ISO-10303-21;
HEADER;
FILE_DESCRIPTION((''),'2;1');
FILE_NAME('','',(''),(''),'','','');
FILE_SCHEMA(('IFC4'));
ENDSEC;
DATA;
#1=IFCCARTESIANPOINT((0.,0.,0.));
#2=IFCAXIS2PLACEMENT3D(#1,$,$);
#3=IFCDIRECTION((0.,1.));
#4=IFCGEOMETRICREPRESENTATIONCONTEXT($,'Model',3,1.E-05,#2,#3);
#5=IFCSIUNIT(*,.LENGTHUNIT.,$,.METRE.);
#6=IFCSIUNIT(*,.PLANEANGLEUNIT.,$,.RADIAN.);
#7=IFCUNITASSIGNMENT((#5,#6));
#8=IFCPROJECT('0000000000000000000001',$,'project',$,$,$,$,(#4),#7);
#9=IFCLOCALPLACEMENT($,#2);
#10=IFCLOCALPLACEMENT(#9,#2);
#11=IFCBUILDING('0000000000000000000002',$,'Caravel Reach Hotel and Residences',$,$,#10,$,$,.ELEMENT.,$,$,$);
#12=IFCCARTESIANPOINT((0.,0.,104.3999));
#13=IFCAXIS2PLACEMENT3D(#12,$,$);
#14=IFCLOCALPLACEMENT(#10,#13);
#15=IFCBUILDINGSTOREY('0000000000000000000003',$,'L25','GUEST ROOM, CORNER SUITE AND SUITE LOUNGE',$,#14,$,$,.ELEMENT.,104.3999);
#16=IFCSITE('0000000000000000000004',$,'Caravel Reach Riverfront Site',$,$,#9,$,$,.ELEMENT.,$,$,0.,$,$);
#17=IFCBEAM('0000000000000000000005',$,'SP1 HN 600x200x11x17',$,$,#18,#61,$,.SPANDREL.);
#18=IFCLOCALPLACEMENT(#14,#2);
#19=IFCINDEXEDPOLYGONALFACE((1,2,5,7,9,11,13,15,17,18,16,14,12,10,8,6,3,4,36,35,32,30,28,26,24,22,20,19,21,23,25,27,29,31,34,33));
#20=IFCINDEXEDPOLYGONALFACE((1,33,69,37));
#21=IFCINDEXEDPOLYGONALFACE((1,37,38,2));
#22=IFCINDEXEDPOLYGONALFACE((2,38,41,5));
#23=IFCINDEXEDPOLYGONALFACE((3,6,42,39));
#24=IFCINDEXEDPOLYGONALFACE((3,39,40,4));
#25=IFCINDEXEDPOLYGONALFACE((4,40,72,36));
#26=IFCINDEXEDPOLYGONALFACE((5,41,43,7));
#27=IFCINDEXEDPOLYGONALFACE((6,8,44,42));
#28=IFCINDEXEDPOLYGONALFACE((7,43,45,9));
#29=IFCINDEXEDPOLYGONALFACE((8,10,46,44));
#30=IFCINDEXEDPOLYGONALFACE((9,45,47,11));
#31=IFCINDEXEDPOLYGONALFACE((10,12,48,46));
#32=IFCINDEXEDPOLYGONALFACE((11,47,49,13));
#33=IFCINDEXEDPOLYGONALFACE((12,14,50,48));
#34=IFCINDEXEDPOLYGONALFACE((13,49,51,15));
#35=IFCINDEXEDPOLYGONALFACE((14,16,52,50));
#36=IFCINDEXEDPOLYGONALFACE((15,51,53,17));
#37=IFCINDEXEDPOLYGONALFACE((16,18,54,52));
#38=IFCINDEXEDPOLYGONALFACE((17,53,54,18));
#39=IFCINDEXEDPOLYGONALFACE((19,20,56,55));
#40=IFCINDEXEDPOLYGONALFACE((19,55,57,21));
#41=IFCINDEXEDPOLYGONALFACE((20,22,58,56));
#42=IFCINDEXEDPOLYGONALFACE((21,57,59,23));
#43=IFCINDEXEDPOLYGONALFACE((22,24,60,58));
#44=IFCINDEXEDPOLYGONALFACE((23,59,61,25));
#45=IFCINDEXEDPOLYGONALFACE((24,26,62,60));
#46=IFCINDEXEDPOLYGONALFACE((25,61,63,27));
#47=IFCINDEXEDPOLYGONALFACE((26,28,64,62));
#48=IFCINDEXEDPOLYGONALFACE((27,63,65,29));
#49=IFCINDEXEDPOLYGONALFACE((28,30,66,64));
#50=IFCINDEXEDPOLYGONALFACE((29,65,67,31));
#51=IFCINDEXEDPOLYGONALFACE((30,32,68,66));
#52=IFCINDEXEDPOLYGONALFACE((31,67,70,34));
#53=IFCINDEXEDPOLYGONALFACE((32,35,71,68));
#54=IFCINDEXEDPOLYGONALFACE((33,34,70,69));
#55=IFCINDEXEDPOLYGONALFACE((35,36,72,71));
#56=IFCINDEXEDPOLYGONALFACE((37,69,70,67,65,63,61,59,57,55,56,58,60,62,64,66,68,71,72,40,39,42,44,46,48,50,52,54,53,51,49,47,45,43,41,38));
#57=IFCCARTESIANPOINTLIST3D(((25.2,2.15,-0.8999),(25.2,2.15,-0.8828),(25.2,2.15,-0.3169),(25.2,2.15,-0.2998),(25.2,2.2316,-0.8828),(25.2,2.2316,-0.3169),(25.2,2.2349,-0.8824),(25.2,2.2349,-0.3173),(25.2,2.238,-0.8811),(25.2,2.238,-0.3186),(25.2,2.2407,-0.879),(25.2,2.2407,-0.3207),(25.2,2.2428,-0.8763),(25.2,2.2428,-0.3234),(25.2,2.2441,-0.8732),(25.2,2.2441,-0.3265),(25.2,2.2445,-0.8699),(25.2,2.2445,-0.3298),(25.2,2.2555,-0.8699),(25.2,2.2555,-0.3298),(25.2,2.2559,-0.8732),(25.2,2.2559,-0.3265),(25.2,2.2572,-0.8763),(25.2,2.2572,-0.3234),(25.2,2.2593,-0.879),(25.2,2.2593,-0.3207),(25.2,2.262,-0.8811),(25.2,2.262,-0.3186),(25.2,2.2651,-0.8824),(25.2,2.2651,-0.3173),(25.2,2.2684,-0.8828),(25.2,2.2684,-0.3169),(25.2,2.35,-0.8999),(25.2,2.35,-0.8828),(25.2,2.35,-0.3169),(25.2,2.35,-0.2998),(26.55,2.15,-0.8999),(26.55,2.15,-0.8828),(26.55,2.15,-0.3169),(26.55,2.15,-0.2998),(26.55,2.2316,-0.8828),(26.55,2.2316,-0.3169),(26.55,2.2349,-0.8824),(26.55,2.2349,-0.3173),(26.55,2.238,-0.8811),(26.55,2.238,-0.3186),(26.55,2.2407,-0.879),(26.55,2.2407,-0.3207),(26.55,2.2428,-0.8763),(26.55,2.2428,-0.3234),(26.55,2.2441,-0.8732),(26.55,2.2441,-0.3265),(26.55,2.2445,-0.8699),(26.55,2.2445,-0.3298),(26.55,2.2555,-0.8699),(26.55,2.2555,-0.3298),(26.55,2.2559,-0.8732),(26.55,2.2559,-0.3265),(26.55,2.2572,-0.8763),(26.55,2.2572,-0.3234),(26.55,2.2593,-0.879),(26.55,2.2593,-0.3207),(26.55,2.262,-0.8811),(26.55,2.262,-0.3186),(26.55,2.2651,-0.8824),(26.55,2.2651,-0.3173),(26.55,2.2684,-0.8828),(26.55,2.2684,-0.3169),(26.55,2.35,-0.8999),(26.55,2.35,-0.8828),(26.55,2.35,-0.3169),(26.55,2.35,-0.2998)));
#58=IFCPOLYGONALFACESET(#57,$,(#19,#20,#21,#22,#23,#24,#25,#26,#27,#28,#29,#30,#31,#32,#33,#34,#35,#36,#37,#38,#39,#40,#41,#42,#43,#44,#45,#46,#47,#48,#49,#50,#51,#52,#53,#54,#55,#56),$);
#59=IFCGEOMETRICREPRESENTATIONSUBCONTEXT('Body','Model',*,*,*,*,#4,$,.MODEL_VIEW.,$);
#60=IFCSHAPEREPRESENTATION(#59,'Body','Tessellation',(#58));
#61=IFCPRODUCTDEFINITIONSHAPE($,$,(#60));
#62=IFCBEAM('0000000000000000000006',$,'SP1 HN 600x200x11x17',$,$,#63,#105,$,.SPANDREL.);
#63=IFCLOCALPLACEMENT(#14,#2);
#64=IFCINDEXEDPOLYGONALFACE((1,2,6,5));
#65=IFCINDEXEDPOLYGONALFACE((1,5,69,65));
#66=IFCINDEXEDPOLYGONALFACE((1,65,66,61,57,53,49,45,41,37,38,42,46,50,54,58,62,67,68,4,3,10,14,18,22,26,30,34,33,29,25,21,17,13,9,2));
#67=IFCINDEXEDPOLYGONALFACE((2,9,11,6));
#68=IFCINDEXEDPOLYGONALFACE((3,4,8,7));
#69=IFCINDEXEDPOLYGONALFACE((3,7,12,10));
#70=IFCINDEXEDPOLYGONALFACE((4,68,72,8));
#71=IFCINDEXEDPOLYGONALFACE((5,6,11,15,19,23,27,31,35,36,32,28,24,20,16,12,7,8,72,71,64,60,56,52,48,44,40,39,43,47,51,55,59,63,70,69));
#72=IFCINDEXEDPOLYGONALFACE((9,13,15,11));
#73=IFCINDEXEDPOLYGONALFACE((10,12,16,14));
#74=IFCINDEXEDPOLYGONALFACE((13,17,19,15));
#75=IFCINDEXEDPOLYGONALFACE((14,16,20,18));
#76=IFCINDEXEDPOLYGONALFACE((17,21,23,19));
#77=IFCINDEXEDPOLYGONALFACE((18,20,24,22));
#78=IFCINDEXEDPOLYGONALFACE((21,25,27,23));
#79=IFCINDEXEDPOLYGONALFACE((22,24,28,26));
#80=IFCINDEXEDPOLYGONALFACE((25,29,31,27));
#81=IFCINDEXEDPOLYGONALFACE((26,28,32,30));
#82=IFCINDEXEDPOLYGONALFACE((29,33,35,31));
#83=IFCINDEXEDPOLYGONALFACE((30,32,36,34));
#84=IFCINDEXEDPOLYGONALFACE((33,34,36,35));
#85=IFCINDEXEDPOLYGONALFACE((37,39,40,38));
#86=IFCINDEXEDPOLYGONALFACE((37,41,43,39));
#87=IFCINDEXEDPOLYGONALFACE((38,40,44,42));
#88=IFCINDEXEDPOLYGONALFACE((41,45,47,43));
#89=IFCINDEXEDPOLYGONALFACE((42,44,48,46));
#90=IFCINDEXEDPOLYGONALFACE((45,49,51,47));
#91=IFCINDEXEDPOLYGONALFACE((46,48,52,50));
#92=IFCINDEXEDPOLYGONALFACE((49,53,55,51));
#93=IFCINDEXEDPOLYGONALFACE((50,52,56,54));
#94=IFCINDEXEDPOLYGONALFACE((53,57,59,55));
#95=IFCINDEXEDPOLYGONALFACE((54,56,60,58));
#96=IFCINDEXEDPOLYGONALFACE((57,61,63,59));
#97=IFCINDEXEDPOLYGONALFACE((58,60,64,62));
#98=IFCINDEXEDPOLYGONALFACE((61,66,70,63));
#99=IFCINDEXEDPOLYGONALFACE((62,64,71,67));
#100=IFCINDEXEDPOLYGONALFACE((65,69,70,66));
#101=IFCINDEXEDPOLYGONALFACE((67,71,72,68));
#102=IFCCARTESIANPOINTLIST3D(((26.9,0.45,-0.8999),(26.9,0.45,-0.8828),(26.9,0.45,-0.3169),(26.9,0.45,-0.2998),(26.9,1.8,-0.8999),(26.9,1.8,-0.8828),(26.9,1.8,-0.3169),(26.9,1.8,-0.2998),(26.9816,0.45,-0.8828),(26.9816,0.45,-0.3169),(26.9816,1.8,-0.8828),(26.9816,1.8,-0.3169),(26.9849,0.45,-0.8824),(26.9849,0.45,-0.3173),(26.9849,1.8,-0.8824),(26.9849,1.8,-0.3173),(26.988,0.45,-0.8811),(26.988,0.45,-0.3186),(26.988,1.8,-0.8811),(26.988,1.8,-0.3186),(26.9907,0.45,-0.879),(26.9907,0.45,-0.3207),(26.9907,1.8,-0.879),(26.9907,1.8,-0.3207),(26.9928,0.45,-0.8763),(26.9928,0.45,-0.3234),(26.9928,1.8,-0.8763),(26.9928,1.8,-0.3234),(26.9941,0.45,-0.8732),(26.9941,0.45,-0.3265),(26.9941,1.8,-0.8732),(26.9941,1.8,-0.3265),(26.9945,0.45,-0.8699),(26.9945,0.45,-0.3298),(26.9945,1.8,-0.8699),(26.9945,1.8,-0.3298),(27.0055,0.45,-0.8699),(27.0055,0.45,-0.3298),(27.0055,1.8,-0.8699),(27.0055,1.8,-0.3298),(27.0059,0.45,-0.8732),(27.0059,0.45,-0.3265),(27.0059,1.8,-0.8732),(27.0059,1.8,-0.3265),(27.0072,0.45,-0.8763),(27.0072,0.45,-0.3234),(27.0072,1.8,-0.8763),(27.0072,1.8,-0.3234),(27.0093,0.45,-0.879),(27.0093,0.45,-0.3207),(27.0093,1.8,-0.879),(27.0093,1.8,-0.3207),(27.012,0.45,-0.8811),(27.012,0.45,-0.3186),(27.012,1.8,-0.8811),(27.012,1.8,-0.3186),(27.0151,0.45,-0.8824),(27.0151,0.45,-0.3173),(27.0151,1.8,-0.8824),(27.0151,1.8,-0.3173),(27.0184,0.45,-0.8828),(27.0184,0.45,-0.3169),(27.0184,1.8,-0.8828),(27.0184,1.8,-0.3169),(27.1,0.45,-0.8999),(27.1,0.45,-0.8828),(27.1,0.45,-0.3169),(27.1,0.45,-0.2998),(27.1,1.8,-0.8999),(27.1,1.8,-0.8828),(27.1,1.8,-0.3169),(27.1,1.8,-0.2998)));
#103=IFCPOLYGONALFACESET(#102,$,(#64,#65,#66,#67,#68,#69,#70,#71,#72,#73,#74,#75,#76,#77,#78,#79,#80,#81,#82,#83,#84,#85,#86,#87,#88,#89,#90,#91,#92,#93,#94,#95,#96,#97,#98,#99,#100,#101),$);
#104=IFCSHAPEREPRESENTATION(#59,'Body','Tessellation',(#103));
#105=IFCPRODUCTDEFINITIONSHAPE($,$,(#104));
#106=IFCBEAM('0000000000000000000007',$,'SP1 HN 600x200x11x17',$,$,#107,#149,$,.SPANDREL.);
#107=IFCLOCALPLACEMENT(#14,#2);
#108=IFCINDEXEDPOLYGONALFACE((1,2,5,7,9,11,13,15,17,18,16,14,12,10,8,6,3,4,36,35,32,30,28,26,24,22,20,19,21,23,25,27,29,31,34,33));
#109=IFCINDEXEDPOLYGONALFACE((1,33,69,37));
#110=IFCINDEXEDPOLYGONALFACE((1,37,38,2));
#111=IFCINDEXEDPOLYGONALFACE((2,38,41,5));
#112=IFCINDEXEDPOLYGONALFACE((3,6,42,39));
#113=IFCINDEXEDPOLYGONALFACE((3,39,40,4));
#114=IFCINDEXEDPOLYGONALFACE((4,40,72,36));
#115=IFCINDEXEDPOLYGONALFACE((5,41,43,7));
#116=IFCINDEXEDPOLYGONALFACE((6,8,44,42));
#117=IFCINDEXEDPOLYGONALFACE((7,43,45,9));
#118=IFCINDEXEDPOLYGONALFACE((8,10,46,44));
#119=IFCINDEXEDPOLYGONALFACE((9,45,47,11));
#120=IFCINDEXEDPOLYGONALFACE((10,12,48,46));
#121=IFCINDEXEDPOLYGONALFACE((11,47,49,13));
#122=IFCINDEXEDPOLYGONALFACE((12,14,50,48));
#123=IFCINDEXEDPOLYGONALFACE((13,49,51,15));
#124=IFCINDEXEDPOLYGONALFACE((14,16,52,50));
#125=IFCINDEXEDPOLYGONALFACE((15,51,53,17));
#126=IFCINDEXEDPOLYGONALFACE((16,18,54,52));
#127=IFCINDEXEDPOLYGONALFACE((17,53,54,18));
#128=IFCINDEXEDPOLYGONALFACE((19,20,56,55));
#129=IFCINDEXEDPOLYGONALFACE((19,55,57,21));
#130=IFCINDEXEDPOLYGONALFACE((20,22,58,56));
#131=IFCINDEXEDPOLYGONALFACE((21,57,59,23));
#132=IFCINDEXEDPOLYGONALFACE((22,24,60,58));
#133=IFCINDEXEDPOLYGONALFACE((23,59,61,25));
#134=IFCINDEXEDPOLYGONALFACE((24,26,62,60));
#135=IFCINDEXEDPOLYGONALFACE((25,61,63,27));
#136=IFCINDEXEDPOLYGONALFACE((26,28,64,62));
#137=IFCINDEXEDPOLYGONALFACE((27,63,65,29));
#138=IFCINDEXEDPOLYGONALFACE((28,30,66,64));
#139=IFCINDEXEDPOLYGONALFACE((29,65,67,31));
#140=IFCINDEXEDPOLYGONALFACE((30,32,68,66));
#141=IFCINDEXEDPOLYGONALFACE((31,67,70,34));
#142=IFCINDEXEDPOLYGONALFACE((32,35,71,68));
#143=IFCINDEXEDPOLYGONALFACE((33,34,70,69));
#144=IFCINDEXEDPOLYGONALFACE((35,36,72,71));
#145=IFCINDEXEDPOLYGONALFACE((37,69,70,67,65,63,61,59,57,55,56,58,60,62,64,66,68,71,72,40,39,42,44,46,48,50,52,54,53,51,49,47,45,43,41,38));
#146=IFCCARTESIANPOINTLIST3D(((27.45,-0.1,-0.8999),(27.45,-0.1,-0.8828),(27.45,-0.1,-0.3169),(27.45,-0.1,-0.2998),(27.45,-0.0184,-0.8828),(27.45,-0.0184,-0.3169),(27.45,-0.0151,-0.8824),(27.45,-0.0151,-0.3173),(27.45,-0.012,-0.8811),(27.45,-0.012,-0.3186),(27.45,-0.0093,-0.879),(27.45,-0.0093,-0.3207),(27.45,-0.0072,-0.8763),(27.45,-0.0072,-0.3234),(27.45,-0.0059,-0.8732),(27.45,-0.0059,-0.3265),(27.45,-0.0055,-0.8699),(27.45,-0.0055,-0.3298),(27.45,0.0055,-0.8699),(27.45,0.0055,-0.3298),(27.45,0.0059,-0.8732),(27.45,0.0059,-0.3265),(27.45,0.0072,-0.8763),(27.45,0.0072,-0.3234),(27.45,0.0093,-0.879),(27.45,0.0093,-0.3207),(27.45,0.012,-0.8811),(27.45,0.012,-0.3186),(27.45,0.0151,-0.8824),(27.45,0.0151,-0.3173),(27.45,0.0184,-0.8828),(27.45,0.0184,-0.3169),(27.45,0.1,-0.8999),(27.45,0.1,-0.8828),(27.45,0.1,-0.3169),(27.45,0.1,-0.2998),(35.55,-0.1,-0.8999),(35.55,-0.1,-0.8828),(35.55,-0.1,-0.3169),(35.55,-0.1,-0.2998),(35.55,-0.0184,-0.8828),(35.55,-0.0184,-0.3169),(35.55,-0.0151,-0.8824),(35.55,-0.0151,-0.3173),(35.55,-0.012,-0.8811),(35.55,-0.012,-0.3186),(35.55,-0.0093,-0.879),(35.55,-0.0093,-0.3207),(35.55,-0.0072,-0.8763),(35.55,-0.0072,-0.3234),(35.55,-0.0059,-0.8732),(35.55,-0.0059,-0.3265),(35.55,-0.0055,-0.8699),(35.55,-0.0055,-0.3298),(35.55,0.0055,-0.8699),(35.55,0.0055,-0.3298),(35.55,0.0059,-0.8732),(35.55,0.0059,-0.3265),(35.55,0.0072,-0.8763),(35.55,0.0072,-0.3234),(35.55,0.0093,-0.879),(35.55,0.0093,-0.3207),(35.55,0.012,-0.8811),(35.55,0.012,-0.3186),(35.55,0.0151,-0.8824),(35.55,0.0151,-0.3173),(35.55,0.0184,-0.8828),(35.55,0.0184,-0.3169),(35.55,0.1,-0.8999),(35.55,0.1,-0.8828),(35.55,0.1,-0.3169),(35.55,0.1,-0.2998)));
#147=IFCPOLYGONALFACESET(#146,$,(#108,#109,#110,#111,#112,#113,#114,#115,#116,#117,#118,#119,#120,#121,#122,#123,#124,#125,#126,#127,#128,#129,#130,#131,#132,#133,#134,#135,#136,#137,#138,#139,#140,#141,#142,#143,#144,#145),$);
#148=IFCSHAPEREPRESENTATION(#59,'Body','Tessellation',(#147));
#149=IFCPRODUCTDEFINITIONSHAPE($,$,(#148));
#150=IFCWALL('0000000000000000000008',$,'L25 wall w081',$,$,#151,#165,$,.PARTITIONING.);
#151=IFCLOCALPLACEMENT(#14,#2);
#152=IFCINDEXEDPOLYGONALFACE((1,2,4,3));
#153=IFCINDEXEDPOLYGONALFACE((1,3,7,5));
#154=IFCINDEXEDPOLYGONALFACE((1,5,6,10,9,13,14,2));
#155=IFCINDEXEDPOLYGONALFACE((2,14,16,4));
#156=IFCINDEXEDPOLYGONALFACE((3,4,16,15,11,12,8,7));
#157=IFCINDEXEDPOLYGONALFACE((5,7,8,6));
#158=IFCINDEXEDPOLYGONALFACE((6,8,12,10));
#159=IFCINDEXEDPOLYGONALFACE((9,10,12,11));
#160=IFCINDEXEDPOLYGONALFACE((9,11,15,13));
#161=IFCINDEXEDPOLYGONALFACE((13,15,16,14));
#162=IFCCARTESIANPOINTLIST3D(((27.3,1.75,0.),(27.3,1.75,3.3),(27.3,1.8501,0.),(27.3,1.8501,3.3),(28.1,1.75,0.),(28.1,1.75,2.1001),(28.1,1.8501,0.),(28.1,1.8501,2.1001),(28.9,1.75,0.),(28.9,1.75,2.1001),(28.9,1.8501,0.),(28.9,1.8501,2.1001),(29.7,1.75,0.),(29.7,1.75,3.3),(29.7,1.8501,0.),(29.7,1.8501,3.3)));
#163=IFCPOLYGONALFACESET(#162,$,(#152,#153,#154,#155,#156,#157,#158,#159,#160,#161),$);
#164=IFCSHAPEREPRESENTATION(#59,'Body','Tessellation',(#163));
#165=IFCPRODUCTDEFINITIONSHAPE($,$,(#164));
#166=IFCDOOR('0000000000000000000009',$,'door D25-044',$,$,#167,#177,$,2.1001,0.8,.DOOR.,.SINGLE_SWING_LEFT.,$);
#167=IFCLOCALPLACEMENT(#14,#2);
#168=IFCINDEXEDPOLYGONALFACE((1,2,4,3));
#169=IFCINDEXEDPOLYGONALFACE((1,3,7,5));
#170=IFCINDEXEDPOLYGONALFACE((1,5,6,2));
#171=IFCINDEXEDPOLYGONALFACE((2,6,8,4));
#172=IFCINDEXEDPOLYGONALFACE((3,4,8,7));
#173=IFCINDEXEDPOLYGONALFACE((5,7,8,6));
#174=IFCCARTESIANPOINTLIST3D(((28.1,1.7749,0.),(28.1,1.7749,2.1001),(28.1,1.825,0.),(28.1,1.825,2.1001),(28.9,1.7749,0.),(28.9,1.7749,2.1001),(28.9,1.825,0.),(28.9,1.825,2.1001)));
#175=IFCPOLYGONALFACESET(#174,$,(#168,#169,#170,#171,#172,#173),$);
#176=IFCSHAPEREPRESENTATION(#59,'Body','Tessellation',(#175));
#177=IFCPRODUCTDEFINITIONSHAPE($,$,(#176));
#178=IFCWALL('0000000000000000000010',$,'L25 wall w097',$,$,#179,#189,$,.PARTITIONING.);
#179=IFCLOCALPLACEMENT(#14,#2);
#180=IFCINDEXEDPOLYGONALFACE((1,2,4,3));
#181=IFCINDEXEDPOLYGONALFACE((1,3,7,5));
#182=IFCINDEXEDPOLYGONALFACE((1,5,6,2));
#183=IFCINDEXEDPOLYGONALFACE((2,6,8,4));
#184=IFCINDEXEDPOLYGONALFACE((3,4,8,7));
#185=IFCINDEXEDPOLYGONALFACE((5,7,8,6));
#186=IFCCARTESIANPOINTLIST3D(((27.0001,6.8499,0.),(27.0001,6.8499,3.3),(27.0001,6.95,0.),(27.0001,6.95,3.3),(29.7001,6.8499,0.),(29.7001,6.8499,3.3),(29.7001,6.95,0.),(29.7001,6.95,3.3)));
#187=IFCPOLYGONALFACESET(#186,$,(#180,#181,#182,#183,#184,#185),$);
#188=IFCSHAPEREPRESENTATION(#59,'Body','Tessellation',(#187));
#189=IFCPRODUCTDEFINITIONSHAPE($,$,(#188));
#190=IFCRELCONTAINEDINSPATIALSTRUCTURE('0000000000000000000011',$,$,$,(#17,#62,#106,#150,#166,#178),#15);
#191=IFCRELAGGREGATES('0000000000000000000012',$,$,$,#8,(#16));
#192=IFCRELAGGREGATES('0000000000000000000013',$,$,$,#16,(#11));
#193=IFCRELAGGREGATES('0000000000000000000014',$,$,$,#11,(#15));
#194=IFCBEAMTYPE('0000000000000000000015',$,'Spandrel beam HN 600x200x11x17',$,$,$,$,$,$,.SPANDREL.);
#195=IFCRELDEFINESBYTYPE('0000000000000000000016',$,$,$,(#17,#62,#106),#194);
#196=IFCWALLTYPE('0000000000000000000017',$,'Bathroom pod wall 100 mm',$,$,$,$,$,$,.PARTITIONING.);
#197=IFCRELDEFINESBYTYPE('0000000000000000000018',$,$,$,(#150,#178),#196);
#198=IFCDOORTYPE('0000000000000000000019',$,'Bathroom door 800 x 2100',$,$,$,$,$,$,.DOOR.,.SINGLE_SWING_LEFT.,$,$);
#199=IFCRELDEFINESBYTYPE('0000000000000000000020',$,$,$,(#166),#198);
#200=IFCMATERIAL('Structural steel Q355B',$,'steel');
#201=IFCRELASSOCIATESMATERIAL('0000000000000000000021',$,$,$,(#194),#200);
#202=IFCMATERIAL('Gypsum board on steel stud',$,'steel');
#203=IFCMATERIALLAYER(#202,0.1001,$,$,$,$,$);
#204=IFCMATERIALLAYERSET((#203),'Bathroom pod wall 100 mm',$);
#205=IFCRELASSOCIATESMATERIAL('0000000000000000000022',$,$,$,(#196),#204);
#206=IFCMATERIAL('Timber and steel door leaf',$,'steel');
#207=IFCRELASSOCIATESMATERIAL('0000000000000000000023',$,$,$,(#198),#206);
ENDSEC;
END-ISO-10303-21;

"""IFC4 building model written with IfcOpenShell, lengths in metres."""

from ifc_helpers import new_model, si_unit, direction, frame, frame_2d, origin, origin_2d, place, context, subcontext, project, spatial, rectangle, i_section, extrude, material, layer, layer_set, material_profile, profile_set, type_object, element, fill, save


model = new_model("IFC4")

# Units and contexts
model_context = context("Model", 3, precision=1e-05, world=origin(), true_north=direction((0.0, 1.0)))
body_context = subcontext(model_context, "Body", "Model", "MODEL_VIEW")
ifc_project = project(units=[si_unit("LENGTHUNIT", "METRE"), si_unit("PLANEANGLEUNIT", "RADIAN")], contexts=[model_context])

# Site, building, storey
site_placement = place(None, origin())
site = spatial("IfcSite", under=ifc_project, at=site_placement, Name="Caravel Reach Riverfront Site", CompositionType="ELEMENT", RefElevation=0.0)
building_placement = place(site_placement, origin())
building = spatial("IfcBuilding", under=site, at=building_placement, Name="Caravel Reach Hotel and Residences", CompositionType="ELEMENT")
storey_placement = place(building_placement, frame((0.0, 0.0, 104.3999)))
storey = spatial("IfcBuildingStorey", under=building, at=storey_placement, Name="L25", Description="GUEST ROOM, CORNER SUITE AND SUITE LOUNGE", CompositionType="ELEMENT", Elevation=104.3999)

# Beams
ifc_material_1 = material(Name="Structural steel Q355B", Category="steel")
ifc_material_profile_1 = material_profile(ifc_material_1, i_section(OverallWidth=0.2, OverallDepth=0.6001, WebThickness=0.011, FlangeThickness=0.0171, FilletRadius=0.0129, at=origin_2d()), Name="HN 600x200x11x17")
ifc_profile_set_1 = profile_set([ifc_material_profile_1], Name="Structural steel Q355B")
beam_type = type_object("IfcBeamType", Name="Spandrel beam HN 600x200x11x17", PredefinedType="SPANDREL", material=ifc_profile_set_1)
for number, where, z_axis, x_axis, name in (
    (1, (25.2, 2.25, -0.5999), (1.0, 0.0, 0.0), (0.0, 1.0, 0.0), "SP1 HN 600x200x11x17"),
    (2, (27.0, 1.8, -0.5999), (0.0, -1.0, 0.0), (1.0, 0.0, 0.0), "SP1 HN 600x200x11x17"),
):
    element("IfcBeam", number, at=place(storey_placement, frame(where, z_axis=z_axis, x_axis=x_axis)), inside=storey, type_object=beam_type, Name=name, PredefinedType="SPANDREL", context=body_context, shape_type="SweptSolid", body=[
        extrude(i_section(OverallWidth=0.2, OverallDepth=0.6001, WebThickness=0.011, FlangeThickness=0.0171, FilletRadius=0.0129, at=origin_2d()), origin(), (0.0, 0.0, 1.0), 1.3501),
    ])
beam_placement = place(storey_placement, frame((27.45, 0.0, -0.5999), z_axis=(1.0, 0.0, 0.0), x_axis=(0.0, 1.0, 0.0)))
element("IfcBeam", 3, at=beam_placement, inside=storey, type_object=beam_type, Name="SP1 HN 600x200x11x17", PredefinedType="SPANDREL", context=body_context, shape_type="SweptSolid", body=[
    extrude(i_section(OverallWidth=0.2, OverallDepth=0.6001, WebThickness=0.011, FlangeThickness=0.0171, FilletRadius=0.0129, at=origin_2d()), origin(), (0.0, 0.0, 1.0), 8.1001),
])

# Wall, opening, door
ifc_material_2 = material(Name="Gypsum board on steel stud", Category="steel")
ifc_layer_1 = layer(ifc_material_2, 0.1001)
ifc_layer_set_1 = layer_set([ifc_layer_1], Name="Bathroom pod wall 100 mm")
wall_type_1 = type_object("IfcWallType", Name="Bathroom pod wall 100 mm", PredefinedType="PARTITIONING", material=ifc_layer_set_1)
wall_1_placement = place(storey_placement, frame((27.3, 1.8, 0.0), z_axis=(0.0, 0.0, 1.0), x_axis=(1.0, 0.0, 0.0)))
wall_1 = element("IfcWall", 4, at=wall_1_placement, inside=storey, type_object=wall_type_1, Name="L25 wall w081", PredefinedType="PARTITIONING", context=body_context, shape_type="SweptSolid", body=[
    extrude(rectangle(XDim=2.3999, YDim=0.1001, at=frame_2d((1.2, 0.0))), origin(), (0.0, 0.0, 1.0), 3.3),
])
opening_1_placement = place(wall_1_placement, frame((0.8, 0.0, 0.0)))
opening_1 = element("IfcOpeningElement", 5, at=opening_1_placement, cuts=wall_1, PredefinedType="OPENING", context=body_context, shape_type="SweptSolid", body=[
    extrude(rectangle(XDim=0.8, YDim=2.1001, at=frame_2d((0.3999, 1.05))), frame((0.0, 0.0601, 0.0), z_axis=(0.0, -1.0, 0.0), x_axis=(1.0, 0.0, 0.0)), (0.0, 0.0, 1.0), 0.1201),
])
ifc_material_3 = material(Name="Timber and steel door leaf", Category="steel")
door_type_1 = type_object("IfcDoorType", Name="Bathroom door 800 x 2100", OperationType="SINGLE_SWING_LEFT", PredefinedType="DOOR", material=ifc_material_3)
door_1_placement = place(opening_1_placement, origin())
door_1 = element("IfcDoor", 6, at=door_1_placement, inside=storey, type_object=door_type_1, Name="door D25-044", OperationType="SINGLE_SWING_LEFT", OverallHeight=2.1001, OverallWidth=0.8, PredefinedType="DOOR", context=body_context, shape_type="SweptSolid", body=[
    extrude(rectangle(XDim=0.8, YDim=2.1001, at=frame_2d((0.3999, 1.05))), frame((0.0, 0.0249, 0.0), z_axis=(0.0, -1.0, 0.0), x_axis=(1.0, 0.0, 0.0)), (0.0, 0.0, 1.0), 0.05),
])
fill(opening_1, door_1)

# Wall
wall_2_placement = place(storey_placement, frame((27.0, 6.8999, 0.0), z_axis=(0.0, 0.0, 1.0), x_axis=(1.0, 0.0, 0.0)))
element("IfcWall", 7, at=wall_2_placement, inside=storey, type_object=wall_type_1, Name="L25 wall w097", PredefinedType="PARTITIONING", context=body_context, shape_type="SweptSolid", body=[
    extrude(rectangle(XDim=2.7, YDim=0.1001, at=frame_2d((1.3501, 0.0))), origin(), (0.0, 0.0, 1.0), 3.3),
])

save(model, "model.ifc")
